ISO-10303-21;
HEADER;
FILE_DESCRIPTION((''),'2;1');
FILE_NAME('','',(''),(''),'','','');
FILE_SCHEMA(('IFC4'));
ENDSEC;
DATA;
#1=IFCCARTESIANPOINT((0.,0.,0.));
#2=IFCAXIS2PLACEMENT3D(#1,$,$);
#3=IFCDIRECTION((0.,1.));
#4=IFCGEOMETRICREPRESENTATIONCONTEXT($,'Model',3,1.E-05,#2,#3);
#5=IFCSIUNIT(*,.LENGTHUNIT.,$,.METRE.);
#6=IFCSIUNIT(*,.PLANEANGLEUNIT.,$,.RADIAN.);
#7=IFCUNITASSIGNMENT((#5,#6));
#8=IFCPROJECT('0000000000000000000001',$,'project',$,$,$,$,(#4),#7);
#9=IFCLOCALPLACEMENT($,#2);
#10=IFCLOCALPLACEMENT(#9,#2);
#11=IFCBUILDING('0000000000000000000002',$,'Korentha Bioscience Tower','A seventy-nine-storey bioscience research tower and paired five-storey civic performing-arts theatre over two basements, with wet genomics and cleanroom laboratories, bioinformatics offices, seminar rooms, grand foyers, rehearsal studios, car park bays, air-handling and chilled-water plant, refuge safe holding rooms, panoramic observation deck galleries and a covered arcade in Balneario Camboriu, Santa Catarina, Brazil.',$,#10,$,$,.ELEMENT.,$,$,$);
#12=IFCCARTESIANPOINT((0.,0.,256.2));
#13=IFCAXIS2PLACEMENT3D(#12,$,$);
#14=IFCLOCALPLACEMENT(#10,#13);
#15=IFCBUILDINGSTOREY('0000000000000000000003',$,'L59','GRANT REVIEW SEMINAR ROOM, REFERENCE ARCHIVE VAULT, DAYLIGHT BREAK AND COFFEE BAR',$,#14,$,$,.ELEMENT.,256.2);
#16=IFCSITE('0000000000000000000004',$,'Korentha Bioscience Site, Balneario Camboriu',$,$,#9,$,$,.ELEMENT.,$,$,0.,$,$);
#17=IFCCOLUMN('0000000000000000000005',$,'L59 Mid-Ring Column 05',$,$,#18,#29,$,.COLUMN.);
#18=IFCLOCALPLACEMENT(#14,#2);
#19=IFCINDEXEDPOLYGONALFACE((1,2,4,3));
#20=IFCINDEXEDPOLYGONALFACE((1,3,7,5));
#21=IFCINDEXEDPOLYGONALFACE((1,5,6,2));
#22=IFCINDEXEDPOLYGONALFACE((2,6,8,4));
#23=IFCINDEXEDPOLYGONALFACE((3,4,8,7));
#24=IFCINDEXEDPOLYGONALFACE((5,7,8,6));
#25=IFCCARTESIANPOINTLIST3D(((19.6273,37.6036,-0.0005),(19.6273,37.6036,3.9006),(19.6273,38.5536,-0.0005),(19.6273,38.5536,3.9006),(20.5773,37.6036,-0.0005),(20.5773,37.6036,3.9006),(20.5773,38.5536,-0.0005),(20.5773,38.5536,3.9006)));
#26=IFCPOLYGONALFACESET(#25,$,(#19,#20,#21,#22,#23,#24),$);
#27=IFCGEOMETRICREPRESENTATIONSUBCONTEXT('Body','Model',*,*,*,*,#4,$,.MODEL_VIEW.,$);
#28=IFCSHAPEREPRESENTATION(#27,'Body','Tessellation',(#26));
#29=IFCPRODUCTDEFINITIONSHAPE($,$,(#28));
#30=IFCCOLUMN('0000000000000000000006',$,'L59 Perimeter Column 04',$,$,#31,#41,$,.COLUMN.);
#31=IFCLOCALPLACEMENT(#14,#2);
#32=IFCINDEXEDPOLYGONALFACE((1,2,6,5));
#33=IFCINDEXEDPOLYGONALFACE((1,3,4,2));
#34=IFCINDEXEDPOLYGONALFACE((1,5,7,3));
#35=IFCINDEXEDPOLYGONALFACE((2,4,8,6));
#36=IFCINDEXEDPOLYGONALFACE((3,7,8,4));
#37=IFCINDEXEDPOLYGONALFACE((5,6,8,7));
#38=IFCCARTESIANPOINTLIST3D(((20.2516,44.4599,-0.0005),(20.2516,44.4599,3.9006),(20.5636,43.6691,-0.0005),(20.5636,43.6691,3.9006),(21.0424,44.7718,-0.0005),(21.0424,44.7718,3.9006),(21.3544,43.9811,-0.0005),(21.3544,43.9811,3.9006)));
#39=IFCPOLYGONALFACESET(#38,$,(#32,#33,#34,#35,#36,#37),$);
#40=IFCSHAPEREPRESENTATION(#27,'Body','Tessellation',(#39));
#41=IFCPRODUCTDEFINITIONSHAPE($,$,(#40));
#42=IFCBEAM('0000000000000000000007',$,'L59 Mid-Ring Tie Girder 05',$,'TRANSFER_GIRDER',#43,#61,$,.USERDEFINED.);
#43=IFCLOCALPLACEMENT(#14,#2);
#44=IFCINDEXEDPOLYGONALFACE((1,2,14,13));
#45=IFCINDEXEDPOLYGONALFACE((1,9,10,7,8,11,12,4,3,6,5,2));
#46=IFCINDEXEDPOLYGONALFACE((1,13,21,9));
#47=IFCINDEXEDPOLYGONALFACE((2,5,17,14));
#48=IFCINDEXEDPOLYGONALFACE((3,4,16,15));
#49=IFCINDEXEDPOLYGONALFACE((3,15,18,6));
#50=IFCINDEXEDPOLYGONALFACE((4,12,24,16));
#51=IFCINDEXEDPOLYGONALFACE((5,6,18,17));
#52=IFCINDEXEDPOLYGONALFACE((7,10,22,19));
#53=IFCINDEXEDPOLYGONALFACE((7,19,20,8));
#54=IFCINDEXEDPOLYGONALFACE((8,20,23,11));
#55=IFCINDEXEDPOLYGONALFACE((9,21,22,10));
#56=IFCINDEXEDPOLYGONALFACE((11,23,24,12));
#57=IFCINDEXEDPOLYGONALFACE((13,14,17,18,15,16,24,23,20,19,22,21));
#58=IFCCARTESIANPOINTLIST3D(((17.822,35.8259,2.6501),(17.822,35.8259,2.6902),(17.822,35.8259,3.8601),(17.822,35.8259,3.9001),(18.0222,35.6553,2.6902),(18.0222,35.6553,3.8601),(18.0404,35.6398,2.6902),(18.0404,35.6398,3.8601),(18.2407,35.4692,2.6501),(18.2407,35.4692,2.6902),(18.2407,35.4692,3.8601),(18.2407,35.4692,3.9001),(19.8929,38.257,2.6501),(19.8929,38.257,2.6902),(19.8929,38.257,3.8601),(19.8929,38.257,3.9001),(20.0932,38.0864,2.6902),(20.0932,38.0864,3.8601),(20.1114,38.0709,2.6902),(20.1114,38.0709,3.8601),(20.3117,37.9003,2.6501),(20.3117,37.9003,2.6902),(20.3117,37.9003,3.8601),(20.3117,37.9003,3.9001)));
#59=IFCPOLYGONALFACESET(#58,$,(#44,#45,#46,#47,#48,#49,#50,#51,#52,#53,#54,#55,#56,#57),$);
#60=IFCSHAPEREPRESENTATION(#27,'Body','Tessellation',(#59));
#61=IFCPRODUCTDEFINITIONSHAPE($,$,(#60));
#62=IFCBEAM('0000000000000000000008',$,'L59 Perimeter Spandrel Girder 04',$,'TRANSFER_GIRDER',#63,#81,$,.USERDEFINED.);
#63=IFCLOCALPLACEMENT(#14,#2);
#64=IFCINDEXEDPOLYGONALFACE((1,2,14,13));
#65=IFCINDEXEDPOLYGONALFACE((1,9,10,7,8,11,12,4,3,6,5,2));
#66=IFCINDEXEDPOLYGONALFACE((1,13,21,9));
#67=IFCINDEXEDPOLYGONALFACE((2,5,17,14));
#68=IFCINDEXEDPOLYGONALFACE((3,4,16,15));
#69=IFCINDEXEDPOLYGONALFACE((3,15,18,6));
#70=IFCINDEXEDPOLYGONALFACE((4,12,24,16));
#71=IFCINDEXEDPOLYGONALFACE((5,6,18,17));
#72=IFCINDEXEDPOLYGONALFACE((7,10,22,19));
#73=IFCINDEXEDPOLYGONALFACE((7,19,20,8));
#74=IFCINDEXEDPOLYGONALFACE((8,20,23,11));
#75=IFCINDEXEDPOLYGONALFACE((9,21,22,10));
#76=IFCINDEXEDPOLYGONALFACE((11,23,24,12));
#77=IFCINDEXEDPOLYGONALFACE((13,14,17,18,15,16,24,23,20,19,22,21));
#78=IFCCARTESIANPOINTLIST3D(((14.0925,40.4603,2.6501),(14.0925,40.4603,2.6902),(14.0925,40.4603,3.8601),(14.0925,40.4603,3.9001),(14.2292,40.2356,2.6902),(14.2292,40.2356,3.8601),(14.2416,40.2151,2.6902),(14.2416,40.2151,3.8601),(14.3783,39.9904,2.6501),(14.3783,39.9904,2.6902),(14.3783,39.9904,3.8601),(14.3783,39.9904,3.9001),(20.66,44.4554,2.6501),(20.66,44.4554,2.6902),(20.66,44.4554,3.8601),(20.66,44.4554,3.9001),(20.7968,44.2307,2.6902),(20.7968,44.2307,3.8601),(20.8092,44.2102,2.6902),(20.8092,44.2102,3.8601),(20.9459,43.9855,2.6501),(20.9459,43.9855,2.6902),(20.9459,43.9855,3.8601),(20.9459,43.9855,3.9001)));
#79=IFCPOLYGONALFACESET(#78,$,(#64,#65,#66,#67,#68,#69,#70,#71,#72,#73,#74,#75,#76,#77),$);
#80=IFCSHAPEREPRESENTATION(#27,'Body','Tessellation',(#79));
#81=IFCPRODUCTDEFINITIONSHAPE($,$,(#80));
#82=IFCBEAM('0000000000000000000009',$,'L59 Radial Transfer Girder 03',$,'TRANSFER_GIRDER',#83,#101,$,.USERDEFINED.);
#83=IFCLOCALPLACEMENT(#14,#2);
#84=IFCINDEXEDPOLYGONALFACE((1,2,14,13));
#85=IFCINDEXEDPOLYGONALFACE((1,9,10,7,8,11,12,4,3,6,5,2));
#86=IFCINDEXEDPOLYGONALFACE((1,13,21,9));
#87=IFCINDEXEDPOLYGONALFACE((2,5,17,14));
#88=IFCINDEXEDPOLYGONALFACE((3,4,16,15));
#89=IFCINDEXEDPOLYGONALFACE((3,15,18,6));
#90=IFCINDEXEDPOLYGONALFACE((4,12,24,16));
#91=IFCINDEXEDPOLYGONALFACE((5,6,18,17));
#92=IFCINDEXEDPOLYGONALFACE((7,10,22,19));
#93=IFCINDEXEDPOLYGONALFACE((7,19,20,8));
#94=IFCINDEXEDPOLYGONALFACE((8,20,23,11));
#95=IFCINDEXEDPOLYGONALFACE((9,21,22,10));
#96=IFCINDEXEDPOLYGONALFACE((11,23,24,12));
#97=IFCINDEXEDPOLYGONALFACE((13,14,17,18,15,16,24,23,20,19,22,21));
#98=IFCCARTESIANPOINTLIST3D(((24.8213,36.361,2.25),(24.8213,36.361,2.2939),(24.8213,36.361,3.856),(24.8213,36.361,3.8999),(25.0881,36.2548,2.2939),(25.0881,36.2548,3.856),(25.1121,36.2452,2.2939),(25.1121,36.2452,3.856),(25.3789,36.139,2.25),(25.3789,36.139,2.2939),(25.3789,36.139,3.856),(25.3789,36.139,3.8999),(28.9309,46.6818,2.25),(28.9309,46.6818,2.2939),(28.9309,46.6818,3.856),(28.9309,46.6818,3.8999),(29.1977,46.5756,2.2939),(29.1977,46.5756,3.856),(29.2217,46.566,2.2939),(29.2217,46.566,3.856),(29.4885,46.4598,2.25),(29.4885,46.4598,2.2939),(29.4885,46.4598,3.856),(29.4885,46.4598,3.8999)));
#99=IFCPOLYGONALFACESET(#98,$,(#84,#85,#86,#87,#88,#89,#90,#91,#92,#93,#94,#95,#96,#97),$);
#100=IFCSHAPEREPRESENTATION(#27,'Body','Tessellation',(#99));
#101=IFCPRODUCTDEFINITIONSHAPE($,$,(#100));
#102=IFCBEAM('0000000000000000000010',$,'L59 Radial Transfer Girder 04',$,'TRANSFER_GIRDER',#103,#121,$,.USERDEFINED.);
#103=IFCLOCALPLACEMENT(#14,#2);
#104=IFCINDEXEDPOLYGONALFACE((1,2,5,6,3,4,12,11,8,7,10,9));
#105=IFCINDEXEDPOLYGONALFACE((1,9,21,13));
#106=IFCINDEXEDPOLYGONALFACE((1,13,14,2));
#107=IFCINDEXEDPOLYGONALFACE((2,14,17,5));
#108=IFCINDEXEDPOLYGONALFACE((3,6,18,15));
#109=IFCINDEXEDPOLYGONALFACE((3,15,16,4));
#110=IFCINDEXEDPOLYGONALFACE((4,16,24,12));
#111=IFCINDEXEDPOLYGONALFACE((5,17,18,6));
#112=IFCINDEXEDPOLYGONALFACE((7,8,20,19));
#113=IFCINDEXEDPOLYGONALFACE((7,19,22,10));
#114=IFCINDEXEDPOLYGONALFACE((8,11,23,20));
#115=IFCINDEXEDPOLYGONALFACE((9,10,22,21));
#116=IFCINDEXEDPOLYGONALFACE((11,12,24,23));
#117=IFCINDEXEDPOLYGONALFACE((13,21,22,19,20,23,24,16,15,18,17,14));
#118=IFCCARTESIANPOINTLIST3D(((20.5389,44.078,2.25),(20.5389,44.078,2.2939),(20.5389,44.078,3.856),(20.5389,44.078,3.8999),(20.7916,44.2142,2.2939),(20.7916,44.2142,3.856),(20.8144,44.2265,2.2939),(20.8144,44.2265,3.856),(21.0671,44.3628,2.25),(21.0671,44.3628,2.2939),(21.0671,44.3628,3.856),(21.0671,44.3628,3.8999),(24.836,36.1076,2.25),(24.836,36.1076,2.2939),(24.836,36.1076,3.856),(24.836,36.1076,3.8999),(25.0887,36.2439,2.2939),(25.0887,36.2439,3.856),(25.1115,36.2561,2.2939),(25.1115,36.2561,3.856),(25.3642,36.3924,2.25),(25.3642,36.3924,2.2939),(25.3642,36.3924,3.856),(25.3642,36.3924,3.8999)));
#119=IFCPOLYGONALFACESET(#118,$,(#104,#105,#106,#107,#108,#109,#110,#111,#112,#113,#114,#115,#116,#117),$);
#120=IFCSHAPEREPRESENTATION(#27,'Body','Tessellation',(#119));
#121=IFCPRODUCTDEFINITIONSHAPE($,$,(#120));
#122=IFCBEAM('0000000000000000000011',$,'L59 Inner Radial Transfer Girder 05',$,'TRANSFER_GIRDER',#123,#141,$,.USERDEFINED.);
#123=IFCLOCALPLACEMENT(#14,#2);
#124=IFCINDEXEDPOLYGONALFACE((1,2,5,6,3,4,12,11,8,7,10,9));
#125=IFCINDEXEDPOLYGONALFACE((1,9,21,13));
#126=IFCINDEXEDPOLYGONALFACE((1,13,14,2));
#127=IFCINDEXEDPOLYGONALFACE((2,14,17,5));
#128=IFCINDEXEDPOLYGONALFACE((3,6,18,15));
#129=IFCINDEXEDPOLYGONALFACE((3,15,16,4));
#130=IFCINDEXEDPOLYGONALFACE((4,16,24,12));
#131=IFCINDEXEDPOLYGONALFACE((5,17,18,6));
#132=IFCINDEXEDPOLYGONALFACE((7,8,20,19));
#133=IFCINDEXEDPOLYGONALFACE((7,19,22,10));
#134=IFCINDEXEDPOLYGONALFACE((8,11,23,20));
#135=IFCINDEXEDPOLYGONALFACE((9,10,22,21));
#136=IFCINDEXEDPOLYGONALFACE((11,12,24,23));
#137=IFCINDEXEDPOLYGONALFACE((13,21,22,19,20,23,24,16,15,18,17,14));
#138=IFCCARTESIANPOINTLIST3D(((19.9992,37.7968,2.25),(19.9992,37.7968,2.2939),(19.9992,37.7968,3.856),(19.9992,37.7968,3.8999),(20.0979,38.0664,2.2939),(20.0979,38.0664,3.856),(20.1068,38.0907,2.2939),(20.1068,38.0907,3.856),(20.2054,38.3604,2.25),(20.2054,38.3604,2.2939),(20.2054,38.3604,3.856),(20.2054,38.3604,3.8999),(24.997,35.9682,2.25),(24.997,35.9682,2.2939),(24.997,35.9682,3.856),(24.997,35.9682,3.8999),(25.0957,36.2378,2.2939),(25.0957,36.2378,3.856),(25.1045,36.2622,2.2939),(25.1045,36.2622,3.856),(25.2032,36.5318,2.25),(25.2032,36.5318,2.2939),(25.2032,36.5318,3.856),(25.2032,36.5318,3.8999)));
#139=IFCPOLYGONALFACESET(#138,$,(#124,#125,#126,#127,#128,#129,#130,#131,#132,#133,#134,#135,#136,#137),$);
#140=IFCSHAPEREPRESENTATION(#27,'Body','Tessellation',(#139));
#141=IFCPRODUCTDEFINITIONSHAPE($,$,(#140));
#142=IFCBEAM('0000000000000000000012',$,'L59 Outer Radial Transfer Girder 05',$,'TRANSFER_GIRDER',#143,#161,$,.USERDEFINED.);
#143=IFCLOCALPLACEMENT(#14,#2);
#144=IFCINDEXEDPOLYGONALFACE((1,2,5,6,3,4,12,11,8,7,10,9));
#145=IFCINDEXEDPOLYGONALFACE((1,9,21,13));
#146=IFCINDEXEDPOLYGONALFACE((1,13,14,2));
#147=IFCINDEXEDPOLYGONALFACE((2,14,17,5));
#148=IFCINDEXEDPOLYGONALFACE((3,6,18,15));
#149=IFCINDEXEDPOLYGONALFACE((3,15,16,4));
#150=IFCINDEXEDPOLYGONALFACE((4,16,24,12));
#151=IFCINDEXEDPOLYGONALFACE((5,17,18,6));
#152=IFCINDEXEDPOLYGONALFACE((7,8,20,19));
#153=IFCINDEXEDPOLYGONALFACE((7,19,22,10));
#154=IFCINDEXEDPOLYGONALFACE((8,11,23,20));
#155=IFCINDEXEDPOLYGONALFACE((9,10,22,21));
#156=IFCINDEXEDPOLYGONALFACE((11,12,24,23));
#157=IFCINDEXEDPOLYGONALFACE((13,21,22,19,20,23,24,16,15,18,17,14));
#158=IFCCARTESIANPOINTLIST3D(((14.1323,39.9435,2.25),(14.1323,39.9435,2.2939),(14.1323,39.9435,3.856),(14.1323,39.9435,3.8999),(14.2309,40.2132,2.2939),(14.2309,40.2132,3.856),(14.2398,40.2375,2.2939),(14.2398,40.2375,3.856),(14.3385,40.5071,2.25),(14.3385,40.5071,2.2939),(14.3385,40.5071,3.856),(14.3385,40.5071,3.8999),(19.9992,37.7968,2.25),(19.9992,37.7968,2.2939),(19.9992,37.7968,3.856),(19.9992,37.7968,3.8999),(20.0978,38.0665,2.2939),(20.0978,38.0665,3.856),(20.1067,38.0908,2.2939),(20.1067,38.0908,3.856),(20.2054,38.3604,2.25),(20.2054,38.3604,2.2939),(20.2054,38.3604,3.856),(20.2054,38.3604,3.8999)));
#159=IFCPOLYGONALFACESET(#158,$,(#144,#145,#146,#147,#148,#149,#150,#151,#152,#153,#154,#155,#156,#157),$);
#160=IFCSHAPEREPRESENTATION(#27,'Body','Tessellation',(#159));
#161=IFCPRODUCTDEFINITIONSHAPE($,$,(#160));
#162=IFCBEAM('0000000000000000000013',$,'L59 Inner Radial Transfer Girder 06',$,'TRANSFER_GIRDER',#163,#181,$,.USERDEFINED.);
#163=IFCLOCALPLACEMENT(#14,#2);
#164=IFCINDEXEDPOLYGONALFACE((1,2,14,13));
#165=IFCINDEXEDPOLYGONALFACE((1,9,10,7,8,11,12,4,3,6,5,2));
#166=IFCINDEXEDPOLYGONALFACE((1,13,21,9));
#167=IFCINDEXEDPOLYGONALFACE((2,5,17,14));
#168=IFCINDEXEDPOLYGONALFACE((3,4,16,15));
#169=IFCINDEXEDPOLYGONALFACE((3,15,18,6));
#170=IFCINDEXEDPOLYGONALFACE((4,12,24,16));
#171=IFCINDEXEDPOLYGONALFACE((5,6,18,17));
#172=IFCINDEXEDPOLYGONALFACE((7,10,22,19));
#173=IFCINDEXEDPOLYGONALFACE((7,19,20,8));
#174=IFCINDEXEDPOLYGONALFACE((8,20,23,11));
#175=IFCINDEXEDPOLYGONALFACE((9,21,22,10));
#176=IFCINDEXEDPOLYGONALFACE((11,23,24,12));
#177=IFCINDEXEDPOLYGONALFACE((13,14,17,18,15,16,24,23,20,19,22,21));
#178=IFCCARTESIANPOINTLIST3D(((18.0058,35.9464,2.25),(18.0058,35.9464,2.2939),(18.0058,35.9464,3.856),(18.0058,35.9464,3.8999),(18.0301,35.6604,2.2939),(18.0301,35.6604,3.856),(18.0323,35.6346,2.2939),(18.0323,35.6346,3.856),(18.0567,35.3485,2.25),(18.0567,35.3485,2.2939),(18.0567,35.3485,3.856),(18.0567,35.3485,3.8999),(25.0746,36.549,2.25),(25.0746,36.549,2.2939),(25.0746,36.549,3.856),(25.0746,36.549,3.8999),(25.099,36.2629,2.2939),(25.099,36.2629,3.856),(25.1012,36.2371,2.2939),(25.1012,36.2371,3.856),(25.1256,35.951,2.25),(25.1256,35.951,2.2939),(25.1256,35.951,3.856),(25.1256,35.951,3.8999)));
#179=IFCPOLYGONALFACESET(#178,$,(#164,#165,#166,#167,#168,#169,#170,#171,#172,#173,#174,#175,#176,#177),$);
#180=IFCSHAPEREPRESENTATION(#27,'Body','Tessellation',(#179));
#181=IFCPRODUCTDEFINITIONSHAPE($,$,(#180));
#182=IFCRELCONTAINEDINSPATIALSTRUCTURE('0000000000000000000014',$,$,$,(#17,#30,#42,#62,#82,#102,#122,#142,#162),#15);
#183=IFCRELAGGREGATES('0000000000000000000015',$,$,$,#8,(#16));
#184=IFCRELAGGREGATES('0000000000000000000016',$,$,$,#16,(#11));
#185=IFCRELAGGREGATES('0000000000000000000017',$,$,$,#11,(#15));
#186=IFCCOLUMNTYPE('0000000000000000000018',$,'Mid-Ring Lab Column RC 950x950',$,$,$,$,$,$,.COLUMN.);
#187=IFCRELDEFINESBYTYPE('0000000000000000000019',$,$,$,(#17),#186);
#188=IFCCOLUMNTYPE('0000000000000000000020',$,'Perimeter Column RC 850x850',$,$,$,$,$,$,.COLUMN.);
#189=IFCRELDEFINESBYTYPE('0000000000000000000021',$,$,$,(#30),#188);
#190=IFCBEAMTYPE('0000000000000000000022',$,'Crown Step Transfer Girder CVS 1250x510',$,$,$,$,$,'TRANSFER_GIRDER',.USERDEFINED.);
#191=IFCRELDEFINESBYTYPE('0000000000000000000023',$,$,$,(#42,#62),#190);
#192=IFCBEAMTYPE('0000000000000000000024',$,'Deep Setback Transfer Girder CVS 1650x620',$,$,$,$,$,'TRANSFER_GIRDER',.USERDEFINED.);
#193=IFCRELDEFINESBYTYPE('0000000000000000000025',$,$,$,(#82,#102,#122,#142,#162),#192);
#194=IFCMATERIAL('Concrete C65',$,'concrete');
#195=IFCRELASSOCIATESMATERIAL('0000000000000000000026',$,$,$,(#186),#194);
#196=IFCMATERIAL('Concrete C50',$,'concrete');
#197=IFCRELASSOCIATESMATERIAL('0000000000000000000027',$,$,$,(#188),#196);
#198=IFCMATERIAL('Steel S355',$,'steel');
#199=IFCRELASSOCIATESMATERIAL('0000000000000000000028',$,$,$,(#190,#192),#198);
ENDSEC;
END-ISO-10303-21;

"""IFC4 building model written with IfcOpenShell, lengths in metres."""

from ifc_helpers import new_model, si_unit, direction, frame, origin, origin_2d, place, context, subcontext, project, spatial, rectangle, i_section, extrude, material, material_profile, profile_set, type_object, element, save


model = new_model("IFC4")

# Units and contexts
model_context = context("Model", 3, precision=1e-05, world=origin(), true_north=direction((0.0, 1.0)))
body_context = subcontext(model_context, "Body", "Model", "MODEL_VIEW")
ifc_project = project(units=[si_unit("LENGTHUNIT", "METRE"), si_unit("PLANEANGLEUNIT", "RADIAN")], contexts=[model_context])

# Site, building, storey
site_placement = place(None, origin())
site = spatial("IfcSite", under=ifc_project, at=site_placement, Name="Korentha Bioscience Site, Balneario Camboriu", CompositionType="ELEMENT", RefElevation=0.0)
building_placement = place(site_placement, origin())
building = spatial("IfcBuilding", under=site, at=building_placement, Name="Korentha Bioscience Tower", Description="A seventy-nine-storey bioscience research tower and paired five-storey civic performing-arts theatre over two basements, with wet genomics and cleanroom laboratories, bioinformatics offices, seminar rooms, grand foyers, rehearsal studios, car park bays, air-handling and chilled-water plant, refuge safe holding rooms, panoramic observation deck galleries and a covered arcade in Balneario Camboriu, Santa Catarina, Brazil.", CompositionType="ELEMENT")
storey_placement = place(building_placement, frame((0.0, 0.0, 256.2)))
storey = spatial("IfcBuildingStorey", under=building, at=storey_placement, Name="L59", Description="GRANT REVIEW SEMINAR ROOM, REFERENCE ARCHIVE VAULT, DAYLIGHT BREAK AND COFFEE BAR", CompositionType="ELEMENT", Elevation=256.2)

# Columns
ifc_material_1 = material(Name="Concrete C65", Category="concrete")
ifc_material_profile_1 = material_profile(ifc_material_1, rectangle(XDim=0.95, YDim=0.95, at=origin_2d()), Name="Concrete C65")
ifc_profile_set_1 = profile_set([ifc_material_profile_1], Name="Concrete C65 (COL-MR09)")
column_type_1 = type_object("IfcColumnType", Name="Mid-Ring Lab Column RC 950x950", PredefinedType="COLUMN", material=ifc_profile_set_1)
column_1_placement = place(storey_placement, frame((20.1023, 38.0786, -0.0005), z_axis=(0.0, 0.0, 1.0), x_axis=(1.0, 0.0, 0.0)))
element("IfcColumn", 1, at=column_1_placement, inside=storey, type_object=column_type_1, Name="L59 Mid-Ring Column 05", PredefinedType="COLUMN", context=body_context, shape_type="SweptSolid", body=[
    extrude(rectangle(XDim=0.95, YDim=0.95, at=origin_2d()), origin(), (0.0, 0.0, 1.0), 3.9011),
])
ifc_material_2 = material(Name="Concrete C50", Category="concrete")
ifc_material_profile_2 = material_profile(ifc_material_2, rectangle(XDim=0.8501, YDim=0.8501, at=origin_2d()), Name="Concrete C50")
ifc_profile_set_2 = profile_set([ifc_material_profile_2], Name="Concrete C50 (COL-P08)")
column_type_2 = type_object("IfcColumnType", Name="Perimeter Column RC 850x850", PredefinedType="COLUMN", material=ifc_profile_set_2)
column_2_placement = place(storey_placement, frame((20.803, 44.2205, -0.0005), z_axis=(0.0, 0.0, 1.0), x_axis=(0.930226, 0.366988, 0.0)))
element("IfcColumn", 2, at=column_2_placement, inside=storey, type_object=column_type_2, Name="L59 Perimeter Column 04", PredefinedType="COLUMN", context=body_context, shape_type="SweptSolid", body=[
    extrude(rectangle(XDim=0.8501, YDim=0.8501, at=origin_2d()), origin(), (0.0, 0.0, 1.0), 3.9011),
])

# Beams
ifc_material_3 = material(Name="Steel S355", Category="steel")
ifc_material_profile_3 = material_profile(ifc_material_3, i_section(OverallWidth=0.55, OverallDepth=1.25, WebThickness=0.0239, FlangeThickness=0.04, at=origin_2d()), Name="Steel S355")
ifc_profile_set_3 = profile_set([ifc_material_profile_3], Name="Steel S355 (TG-03)")
beam_type_1 = type_object("IfcBeamType", Name="Crown Step Transfer Girder CVS 1250x510", ElementType="TRANSFER_GIRDER", PredefinedType="USERDEFINED", material=ifc_profile_set_3)
beam_1_placement = place(storey_placement, frame((20.1023, 38.0786, 3.2751), z_axis=(-0.648478, -0.761233, 0.0), x_axis=(0.761233, -0.648478, 0.0)))
element("IfcBeam", 3, at=beam_1_placement, inside=storey, type_object=beam_type_1, Name="L59 Mid-Ring Tie Girder 05", ObjectType="TRANSFER_GIRDER", PredefinedType="USERDEFINED", context=body_context, shape_type="SweptSolid", body=[
    extrude(i_section(OverallWidth=0.55, OverallDepth=1.25, WebThickness=0.0239, FlangeThickness=0.04, at=origin_2d()), origin(), (0.0, 0.0, 1.0), 3.1936),
])
beam_2_placement = place(storey_placement, frame((20.803, 44.2205, 3.2751), z_axis=(-0.854347, -0.519703, 0.0), x_axis=(0.519703, -0.854347, 0.0)))
element("IfcBeam", 4, at=beam_2_placement, inside=storey, type_object=beam_type_1, Name="L59 Perimeter Spandrel Girder 04", ObjectType="TRANSFER_GIRDER", PredefinedType="USERDEFINED", context=body_context, shape_type="SweptSolid", body=[
    extrude(i_section(OverallWidth=0.55, OverallDepth=1.25, WebThickness=0.0239, FlangeThickness=0.04, at=origin_2d()), origin(), (0.0, 0.0, 1.0), 7.6873),
])
ifc_material_profile_4 = material_profile(ifc_material_3, i_section(OverallWidth=0.6001, OverallDepth=1.6499, WebThickness=0.0259, FlangeThickness=0.0439, at=origin_2d()), Name="Steel S355")
ifc_profile_set_4 = profile_set([ifc_material_profile_4], Name="Steel S355 (TG-04)")
beam_type_2 = type_object("IfcBeamType", Name="Deep Setback Transfer Girder CVS 1650x620", ElementType="TRANSFER_GIRDER", PredefinedType="USERDEFINED", material=ifc_profile_set_4)
beam_3_placement = place(storey_placement, frame((25.1001, 36.25, 3.075), z_axis=(0.369939, 0.929056, 0.0), x_axis=(-0.929056, 0.369939, 0.0)))
element("IfcBeam", 5, at=beam_3_placement, inside=storey, type_object=beam_type_2, Name="L59 Radial Transfer Girder 03", ObjectType="TRANSFER_GIRDER", PredefinedType="USERDEFINED", context=body_context, shape_type="SweptSolid", body=[
    extrude(i_section(OverallWidth=0.6001, OverallDepth=1.6499, WebThickness=0.0259, FlangeThickness=0.0439, at=origin_2d()), origin(), (0.0, 0.0, 1.0), 11.1089),
])
beam_4_placement = place(storey_placement, frame((25.1001, 36.25, 3.075), z_axis=(-0.474556, 0.880225, 0.0), x_axis=(-0.880225, -0.474556, 0.0)))
element("IfcBeam", 6, at=beam_4_placement, inside=storey, type_object=beam_type_2, Name="L59 Radial Transfer Girder 04", ObjectType="TRANSFER_GIRDER", PredefinedType="USERDEFINED", context=body_context, shape_type="SweptSolid", body=[
    extrude(i_section(OverallWidth=0.6001, OverallDepth=1.6499, WebThickness=0.0259, FlangeThickness=0.0439, at=origin_2d()), origin(), (0.0, 0.0, 1.0), 9.0549),
])
beam_5_placement = place(storey_placement, frame((25.1001, 36.25, 3.075), z_axis=(-0.939114, 0.343606, 0.0), x_axis=(-0.343606, -0.939114, 0.0)))
element("IfcBeam", 7, at=beam_5_placement, inside=storey, type_object=beam_type_2, Name="L59 Inner Radial Transfer Girder 05", ObjectType="TRANSFER_GIRDER", PredefinedType="USERDEFINED", context=body_context, shape_type="SweptSolid", body=[
    extrude(i_section(OverallWidth=0.6001, OverallDepth=1.6499, WebThickness=0.0259, FlangeThickness=0.0439, at=origin_2d()), origin(), (0.0, 0.0, 1.0), 5.3218),
])
beam_6_placement = place(storey_placement, frame((20.1023, 38.0786, 3.075), z_axis=(-0.939108, 0.343622, 0.0), x_axis=(-0.343622, -0.939108, 0.0)))
element("IfcBeam", 8, at=beam_6_placement, inside=storey, type_object=beam_type_2, Name="L59 Outer Radial Transfer Girder 05", ObjectType="TRANSFER_GIRDER", PredefinedType="USERDEFINED", context=body_context, shape_type="SweptSolid", body=[
    extrude(i_section(OverallWidth=0.6001, OverallDepth=1.6499, WebThickness=0.0259, FlangeThickness=0.0439, at=origin_2d()), origin(), (0.0, 0.0, 1.0), 6.2473),
])
beam_7_placement = place(storey_placement, frame((25.1001, 36.25, 3.075), z_axis=(-0.996387, -0.084931, 0.0), x_axis=(0.084931, -0.996387, 0.0)))
element("IfcBeam", 9, at=beam_7_placement, inside=storey, type_object=beam_type_2, Name="L59 Inner Radial Transfer Girder 06", ObjectType="TRANSFER_GIRDER", PredefinedType="USERDEFINED", context=body_context, shape_type="SweptSolid", body=[
    extrude(i_section(OverallWidth=0.6001, OverallDepth=1.6499, WebThickness=0.0259, FlangeThickness=0.0439, at=origin_2d()), origin(), (0.0, 0.0, 1.0), 7.0945),
])

save(model, "model.ifc")
